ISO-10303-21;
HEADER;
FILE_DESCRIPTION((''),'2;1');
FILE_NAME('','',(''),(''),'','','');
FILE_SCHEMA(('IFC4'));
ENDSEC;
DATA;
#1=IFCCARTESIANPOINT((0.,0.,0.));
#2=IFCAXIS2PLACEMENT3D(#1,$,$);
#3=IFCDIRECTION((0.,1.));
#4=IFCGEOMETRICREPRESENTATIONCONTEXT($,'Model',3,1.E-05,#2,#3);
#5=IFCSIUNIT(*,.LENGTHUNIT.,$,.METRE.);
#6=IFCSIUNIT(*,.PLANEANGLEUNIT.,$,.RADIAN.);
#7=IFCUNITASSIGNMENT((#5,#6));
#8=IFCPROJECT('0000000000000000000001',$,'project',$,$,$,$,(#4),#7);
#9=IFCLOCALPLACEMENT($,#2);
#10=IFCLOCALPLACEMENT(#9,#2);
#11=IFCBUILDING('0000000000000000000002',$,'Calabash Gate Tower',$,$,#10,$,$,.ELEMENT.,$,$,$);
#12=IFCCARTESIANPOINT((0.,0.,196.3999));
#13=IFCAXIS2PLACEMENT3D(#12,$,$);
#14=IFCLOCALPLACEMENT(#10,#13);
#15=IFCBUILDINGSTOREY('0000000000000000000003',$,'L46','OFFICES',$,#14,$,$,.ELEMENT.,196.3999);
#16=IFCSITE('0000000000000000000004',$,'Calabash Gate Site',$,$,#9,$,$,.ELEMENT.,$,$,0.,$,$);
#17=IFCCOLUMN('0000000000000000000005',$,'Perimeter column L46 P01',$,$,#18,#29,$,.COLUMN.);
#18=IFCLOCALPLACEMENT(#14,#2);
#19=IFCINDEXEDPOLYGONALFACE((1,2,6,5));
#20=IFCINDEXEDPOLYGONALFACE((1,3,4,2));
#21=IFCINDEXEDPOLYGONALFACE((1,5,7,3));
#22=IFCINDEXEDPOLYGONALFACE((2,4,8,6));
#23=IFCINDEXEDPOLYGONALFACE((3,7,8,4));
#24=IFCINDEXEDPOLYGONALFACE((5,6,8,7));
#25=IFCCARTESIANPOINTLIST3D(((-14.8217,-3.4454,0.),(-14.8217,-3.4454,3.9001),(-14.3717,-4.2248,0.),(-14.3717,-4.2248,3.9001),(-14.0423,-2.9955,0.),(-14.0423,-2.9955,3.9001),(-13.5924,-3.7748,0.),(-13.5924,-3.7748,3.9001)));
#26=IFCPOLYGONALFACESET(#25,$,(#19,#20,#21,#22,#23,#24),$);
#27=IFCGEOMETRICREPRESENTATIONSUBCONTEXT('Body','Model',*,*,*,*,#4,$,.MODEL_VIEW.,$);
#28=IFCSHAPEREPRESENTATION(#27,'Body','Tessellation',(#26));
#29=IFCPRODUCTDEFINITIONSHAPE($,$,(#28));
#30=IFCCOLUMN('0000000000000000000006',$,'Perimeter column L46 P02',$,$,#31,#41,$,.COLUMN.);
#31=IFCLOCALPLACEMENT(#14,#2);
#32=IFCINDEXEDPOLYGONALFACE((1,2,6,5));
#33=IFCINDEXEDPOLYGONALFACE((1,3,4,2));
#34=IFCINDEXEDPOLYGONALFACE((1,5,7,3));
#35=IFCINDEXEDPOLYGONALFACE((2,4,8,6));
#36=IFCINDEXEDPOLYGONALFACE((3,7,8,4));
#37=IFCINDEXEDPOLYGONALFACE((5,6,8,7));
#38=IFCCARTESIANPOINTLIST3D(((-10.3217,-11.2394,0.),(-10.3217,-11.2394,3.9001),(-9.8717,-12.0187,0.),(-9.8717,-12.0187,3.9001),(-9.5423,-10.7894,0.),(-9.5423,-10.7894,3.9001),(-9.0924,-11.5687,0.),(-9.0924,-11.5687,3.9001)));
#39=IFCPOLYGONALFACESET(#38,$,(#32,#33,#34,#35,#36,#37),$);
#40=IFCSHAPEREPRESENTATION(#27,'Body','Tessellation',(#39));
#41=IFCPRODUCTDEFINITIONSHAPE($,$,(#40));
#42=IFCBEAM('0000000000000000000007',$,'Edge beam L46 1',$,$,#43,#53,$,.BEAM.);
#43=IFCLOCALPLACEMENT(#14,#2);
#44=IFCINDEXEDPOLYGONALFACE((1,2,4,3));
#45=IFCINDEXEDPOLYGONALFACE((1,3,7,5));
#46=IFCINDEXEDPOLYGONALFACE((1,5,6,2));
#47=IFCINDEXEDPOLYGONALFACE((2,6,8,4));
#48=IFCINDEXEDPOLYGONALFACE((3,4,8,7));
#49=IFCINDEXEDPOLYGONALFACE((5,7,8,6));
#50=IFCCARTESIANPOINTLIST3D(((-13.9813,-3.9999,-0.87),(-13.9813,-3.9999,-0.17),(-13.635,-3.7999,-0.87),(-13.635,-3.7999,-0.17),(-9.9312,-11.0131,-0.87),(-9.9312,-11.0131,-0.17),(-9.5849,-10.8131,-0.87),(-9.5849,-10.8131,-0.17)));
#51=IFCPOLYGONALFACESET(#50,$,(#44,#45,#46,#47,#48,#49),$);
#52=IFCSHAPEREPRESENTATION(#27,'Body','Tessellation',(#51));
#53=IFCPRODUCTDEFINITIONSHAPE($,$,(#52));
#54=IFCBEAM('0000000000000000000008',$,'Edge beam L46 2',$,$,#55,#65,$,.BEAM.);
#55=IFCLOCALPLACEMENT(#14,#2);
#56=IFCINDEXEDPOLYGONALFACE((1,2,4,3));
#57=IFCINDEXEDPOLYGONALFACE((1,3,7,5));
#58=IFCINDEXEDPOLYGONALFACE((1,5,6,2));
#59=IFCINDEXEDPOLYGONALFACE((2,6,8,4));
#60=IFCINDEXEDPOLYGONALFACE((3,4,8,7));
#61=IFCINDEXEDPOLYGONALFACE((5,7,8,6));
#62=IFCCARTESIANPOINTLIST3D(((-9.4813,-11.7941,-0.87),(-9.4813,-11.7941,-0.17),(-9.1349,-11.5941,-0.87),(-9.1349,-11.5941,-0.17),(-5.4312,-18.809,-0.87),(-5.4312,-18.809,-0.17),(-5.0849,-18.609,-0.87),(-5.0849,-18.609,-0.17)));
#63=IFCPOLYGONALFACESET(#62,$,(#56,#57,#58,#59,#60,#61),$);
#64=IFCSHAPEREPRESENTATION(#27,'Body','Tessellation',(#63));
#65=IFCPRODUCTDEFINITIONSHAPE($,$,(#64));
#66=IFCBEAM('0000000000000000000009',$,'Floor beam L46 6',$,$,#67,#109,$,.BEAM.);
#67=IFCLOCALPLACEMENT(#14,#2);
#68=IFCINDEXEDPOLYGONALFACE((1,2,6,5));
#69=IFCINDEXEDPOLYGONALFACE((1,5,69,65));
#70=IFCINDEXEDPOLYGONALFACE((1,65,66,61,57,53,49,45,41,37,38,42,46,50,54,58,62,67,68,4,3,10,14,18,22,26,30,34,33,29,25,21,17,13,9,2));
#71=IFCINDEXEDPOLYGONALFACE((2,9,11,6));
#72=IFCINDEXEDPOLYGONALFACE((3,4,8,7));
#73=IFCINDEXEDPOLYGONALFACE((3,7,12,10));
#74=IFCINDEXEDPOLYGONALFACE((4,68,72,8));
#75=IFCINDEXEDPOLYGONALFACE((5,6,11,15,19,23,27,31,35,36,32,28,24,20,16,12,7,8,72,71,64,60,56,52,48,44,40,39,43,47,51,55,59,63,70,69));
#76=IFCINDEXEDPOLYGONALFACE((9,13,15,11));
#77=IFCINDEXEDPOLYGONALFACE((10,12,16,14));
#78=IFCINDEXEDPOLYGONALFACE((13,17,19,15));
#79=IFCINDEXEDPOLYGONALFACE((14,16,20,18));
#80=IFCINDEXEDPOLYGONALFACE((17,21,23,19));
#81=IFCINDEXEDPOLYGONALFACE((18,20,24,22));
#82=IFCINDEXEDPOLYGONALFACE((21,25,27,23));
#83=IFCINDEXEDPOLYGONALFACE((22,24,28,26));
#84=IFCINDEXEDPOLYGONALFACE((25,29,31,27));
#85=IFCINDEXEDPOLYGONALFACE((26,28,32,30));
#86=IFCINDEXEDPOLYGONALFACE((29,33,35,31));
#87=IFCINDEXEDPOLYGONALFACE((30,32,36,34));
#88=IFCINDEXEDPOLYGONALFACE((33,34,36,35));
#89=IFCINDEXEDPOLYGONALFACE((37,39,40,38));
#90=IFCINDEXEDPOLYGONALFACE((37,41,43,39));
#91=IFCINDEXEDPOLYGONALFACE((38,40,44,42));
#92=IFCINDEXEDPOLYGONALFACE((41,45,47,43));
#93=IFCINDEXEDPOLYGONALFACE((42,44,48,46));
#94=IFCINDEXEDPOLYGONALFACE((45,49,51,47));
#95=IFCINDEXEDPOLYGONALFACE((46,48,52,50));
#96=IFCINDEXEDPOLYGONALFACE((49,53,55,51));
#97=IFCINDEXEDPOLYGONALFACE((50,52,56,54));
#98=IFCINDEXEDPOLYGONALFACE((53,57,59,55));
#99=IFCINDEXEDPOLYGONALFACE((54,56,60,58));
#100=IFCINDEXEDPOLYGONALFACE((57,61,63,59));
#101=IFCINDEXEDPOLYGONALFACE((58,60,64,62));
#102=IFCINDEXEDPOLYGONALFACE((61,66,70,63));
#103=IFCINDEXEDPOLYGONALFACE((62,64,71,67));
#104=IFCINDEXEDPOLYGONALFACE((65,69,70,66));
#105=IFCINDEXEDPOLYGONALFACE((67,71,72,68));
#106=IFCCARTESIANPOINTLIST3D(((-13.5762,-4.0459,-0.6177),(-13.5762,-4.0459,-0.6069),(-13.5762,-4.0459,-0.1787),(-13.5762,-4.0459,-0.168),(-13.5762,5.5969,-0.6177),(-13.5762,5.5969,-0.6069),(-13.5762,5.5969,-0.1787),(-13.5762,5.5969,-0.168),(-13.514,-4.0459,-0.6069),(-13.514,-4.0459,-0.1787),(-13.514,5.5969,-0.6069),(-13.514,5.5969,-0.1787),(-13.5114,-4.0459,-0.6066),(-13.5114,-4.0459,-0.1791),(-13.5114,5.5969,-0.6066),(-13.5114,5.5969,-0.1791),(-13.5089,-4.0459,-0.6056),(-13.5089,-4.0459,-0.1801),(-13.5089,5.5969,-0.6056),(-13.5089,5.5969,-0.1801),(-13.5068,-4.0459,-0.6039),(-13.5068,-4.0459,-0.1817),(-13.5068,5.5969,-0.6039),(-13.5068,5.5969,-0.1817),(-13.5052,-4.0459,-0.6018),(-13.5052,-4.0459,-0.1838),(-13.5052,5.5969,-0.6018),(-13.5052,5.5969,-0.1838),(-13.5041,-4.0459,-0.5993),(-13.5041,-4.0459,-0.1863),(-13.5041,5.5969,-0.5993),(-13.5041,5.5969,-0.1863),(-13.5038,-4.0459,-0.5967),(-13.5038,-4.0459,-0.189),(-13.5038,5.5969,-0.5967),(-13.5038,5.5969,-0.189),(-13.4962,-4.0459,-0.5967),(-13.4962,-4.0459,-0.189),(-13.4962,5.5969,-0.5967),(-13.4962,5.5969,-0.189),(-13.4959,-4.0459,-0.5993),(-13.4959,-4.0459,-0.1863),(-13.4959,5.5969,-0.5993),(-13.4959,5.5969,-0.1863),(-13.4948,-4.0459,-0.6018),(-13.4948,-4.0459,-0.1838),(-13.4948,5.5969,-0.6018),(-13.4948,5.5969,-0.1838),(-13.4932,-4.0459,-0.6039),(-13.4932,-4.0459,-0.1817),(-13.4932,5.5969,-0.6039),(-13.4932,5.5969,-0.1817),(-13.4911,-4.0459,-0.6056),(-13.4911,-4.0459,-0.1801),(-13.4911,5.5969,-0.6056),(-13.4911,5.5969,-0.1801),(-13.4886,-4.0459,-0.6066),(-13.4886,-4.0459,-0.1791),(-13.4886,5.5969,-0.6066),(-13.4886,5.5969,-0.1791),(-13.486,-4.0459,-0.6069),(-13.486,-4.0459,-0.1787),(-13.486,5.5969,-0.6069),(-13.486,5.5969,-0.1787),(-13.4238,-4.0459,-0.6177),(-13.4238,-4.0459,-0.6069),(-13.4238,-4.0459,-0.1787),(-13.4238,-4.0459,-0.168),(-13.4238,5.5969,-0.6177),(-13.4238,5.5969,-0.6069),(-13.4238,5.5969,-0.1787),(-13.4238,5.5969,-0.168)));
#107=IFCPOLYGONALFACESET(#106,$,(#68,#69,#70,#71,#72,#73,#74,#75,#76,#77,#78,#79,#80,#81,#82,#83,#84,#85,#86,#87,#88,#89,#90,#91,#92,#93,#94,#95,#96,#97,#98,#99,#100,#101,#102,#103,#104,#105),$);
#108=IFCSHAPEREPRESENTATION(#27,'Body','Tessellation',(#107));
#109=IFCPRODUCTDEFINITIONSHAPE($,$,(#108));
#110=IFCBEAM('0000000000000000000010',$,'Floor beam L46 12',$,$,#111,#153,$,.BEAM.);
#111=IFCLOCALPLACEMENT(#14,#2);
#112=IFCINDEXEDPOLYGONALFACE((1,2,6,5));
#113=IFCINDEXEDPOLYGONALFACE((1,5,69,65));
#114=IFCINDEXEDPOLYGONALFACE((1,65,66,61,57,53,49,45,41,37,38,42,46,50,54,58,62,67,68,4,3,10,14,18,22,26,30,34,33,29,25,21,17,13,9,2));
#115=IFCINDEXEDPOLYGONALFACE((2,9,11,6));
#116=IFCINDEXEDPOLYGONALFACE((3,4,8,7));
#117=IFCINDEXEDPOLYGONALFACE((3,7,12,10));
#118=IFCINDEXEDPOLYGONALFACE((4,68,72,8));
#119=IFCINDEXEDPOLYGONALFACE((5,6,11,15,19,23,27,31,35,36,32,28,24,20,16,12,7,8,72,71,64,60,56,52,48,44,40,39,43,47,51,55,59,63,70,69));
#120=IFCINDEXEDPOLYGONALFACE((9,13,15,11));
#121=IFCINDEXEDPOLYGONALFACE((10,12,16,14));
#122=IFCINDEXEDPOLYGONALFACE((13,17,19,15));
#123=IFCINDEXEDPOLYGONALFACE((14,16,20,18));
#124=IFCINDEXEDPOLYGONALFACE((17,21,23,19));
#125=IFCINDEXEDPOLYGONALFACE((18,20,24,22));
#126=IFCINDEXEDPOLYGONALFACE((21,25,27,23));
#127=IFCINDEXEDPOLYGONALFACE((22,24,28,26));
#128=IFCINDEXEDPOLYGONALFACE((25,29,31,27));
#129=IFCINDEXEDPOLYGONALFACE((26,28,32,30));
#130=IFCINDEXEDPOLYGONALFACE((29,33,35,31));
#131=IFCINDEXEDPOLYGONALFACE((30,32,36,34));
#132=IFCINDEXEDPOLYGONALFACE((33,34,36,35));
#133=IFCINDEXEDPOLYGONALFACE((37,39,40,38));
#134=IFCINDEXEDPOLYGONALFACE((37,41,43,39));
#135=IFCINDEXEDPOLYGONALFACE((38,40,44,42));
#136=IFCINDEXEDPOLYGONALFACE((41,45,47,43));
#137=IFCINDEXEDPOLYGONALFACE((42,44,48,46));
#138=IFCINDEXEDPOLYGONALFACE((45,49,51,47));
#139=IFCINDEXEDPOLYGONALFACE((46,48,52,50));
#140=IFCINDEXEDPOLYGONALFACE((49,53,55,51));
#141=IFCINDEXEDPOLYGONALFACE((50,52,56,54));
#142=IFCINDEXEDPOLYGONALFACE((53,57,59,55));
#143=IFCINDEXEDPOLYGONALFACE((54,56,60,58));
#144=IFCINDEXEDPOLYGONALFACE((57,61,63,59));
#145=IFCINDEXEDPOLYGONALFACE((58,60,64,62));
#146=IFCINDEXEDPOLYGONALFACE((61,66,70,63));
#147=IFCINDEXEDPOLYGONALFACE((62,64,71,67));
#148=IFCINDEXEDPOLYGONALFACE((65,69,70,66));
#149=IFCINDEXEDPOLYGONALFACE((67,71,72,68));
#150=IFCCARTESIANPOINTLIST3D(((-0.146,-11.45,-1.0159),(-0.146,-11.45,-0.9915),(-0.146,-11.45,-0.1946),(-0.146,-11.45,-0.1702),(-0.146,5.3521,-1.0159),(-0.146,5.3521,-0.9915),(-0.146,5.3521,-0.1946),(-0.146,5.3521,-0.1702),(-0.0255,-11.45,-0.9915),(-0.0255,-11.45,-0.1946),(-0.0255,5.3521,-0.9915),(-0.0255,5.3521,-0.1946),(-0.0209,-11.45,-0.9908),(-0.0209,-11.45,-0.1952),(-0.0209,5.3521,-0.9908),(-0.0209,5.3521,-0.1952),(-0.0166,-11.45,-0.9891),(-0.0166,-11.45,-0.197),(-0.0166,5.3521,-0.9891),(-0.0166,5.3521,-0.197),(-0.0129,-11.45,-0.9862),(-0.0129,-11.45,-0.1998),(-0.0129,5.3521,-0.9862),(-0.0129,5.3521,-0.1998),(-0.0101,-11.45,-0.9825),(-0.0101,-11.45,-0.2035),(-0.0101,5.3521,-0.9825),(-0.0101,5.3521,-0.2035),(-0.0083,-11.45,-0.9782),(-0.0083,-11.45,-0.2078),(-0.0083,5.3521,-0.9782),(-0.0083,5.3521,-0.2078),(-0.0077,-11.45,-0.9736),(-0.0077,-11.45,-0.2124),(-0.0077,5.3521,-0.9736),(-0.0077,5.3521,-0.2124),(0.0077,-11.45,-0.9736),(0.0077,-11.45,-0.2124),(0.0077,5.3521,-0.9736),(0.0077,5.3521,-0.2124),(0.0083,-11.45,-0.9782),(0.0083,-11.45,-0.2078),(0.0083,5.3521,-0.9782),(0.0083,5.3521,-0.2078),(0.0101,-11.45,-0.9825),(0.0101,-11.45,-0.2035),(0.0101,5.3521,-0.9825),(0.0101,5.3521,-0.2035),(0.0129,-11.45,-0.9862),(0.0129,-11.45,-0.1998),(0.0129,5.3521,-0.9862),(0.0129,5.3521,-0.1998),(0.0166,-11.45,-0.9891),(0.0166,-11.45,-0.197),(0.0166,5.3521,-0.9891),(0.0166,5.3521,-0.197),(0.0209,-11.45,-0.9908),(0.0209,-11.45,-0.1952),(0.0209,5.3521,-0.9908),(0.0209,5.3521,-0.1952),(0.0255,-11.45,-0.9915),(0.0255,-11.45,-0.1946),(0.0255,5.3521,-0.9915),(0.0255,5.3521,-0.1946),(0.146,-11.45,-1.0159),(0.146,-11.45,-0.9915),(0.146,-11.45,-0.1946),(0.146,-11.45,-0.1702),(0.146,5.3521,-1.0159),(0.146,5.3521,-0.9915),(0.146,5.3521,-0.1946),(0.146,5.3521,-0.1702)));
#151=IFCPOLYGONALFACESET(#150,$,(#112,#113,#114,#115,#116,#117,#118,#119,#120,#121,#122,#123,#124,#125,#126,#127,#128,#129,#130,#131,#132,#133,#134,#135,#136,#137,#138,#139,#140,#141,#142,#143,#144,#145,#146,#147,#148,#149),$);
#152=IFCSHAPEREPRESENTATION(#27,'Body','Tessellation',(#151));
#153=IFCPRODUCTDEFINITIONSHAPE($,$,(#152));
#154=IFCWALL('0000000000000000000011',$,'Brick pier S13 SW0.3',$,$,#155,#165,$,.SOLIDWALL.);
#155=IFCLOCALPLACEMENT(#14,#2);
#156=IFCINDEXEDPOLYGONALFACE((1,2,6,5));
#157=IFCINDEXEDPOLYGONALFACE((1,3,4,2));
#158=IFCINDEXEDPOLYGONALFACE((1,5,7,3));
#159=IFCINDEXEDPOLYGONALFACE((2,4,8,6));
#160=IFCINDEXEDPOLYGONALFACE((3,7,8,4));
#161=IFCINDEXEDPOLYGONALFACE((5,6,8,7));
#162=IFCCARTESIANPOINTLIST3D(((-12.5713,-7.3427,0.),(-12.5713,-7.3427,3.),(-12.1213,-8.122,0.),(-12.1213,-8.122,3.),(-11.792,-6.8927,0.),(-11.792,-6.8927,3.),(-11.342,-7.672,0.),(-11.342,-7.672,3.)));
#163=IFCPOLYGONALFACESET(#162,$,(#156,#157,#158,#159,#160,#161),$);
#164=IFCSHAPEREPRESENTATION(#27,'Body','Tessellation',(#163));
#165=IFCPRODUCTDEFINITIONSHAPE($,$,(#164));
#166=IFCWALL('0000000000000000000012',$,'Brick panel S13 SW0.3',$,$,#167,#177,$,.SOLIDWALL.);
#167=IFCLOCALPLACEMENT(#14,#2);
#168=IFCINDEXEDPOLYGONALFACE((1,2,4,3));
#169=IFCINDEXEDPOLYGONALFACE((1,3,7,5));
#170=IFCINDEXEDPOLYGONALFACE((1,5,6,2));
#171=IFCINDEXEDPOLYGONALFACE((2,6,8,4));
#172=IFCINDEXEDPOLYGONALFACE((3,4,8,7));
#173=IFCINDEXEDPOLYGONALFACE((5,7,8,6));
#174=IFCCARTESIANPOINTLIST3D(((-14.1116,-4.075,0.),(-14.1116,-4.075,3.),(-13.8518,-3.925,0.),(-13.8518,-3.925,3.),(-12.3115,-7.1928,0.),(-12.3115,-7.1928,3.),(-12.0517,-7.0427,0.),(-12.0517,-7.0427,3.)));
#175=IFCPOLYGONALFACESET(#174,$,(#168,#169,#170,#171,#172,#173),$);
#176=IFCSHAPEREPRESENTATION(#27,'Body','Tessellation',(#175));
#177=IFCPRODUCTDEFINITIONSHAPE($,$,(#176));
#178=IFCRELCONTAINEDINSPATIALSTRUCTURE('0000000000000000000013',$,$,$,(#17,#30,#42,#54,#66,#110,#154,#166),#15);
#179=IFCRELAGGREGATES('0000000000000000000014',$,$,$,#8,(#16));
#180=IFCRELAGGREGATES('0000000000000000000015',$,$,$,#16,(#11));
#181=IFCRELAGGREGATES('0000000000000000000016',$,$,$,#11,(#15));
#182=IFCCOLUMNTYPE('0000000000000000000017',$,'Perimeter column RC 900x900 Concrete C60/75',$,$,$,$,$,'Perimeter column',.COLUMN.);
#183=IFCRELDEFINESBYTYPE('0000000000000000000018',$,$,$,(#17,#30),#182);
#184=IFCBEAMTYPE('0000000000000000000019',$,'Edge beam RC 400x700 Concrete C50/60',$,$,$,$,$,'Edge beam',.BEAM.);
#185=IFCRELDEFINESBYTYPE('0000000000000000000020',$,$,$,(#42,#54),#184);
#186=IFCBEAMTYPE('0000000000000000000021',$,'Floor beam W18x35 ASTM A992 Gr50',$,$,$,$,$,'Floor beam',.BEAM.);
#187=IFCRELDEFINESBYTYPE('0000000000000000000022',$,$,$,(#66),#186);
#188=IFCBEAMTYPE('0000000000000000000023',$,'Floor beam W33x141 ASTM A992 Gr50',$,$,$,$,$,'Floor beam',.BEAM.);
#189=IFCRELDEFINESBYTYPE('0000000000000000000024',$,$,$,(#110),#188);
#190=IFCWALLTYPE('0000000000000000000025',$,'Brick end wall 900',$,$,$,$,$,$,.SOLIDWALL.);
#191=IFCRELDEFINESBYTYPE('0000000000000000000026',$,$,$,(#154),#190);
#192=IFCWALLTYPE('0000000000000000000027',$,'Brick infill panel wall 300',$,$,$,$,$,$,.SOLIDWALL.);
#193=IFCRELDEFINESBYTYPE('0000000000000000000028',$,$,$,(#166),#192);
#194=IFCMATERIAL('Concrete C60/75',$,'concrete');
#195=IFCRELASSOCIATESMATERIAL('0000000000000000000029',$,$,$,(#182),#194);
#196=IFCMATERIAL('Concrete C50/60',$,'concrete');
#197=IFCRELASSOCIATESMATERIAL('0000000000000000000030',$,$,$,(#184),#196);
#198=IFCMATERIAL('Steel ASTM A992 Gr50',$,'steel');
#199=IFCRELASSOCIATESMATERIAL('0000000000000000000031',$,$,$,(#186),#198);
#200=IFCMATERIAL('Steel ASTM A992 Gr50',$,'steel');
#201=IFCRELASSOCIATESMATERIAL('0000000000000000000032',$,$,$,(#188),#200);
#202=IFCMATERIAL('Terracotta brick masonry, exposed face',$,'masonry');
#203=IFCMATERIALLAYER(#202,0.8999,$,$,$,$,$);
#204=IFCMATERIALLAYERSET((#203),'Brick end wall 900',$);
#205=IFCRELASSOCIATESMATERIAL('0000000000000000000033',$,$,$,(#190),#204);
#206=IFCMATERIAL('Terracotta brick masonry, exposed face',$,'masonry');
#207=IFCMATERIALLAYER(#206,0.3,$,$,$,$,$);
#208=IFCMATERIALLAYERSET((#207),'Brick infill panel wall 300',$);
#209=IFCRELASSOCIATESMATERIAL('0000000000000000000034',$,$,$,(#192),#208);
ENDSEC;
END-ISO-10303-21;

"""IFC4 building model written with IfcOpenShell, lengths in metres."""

from ifc_helpers import new_model, si_unit, direction, frame, frame_2d, origin, origin_2d, place, context, subcontext, project, spatial, rectangle, i_section, extrude, material, layer, layer_set, material_profile, profile_set, type_object, element, save


model = new_model("IFC4")

# Units and contexts
model_context = context("Model", 3, precision=1e-05, world=origin(), true_north=direction((0.0, 1.0)))
body_context = subcontext(model_context, "Body", "Model", "MODEL_VIEW")
ifc_project = project(units=[si_unit("LENGTHUNIT", "METRE"), si_unit("PLANEANGLEUNIT", "RADIAN")], contexts=[model_context])

# Site, building, storey
site_placement = place(None, origin())
site = spatial("IfcSite", under=ifc_project, at=site_placement, Name="Calabash Gate Site", CompositionType="ELEMENT", RefElevation=0.0)
building_placement = place(site_placement, origin())
building = spatial("IfcBuilding", under=site, at=building_placement, Name="Calabash Gate Tower", CompositionType="ELEMENT")
storey_placement = place(building_placement, frame((0.0, 0.0, 196.3999)))
storey = spatial("IfcBuildingStorey", under=building, at=storey_placement, Name="L46", Description="OFFICES", CompositionType="ELEMENT", Elevation=196.3999)

# Columns
ifc_material_1 = material(Name="Concrete C60/75", Category="concrete")
ifc_material_profile_1 = material_profile(ifc_material_1, rectangle(XDim=0.8999, YDim=0.8999, at=origin_2d()))
ifc_profile_set_1 = profile_set([ifc_material_profile_1], Name="Concrete C60/75")
column_type = type_object("IfcColumnType", Name="Perimeter column RC 900x900 Concrete C60/75", ElementType="Perimeter column", PredefinedType="COLUMN", material=ifc_profile_set_1)
for number, where, z_axis, x_axis, name in (
    (1, (-14.207, -3.6101, 0.0), (0.0, 0.0, 1.0), (0.5, -0.866025, 0.0), "Perimeter column L46 P01"),
    (2, (-9.707, -11.4041, 0.0), (0.0, 0.0, 1.0), (0.5, -0.866025, 0.0), "Perimeter column L46 P02"),
):
    element("IfcColumn", number, at=place(storey_placement, frame(where, z_axis=z_axis, x_axis=x_axis)), inside=storey, type_object=column_type, Name=name, PredefinedType="COLUMN", context=body_context, shape_type="SweptSolid", body=[
        extrude(rectangle(XDim=0.8999, YDim=0.8999, at=origin_2d()), origin(), (0.0, 0.0, 1.0), 3.9001),
    ])

# Beams
ifc_material_2 = material(Name="Concrete C50/60", Category="concrete")
ifc_material_profile_2 = material_profile(ifc_material_2, rectangle(XDim=0.3999, YDim=0.7, at=origin_2d()))
ifc_profile_set_2 = profile_set([ifc_material_profile_2], Name="Concrete C50/60")
beam_type_1 = type_object("IfcBeamType", Name="Edge beam RC 400x700 Concrete C50/60", ElementType="Edge beam", PredefinedType="BEAM", material=ifc_profile_set_2)
beam_1_placement = place(storey_placement, frame((-13.8081, -3.8999, -0.52), z_axis=(0.500091, -0.865973, 0.0), x_axis=(0.865973, 0.500091, 0.0)))
element("IfcBeam", 3, at=beam_1_placement, inside=storey, type_object=beam_type_1, Name="Edge beam L46 1", PredefinedType="BEAM", context=body_context, shape_type="SweptSolid", body=[
    extrude(rectangle(XDim=0.3999, YDim=0.7, at=origin_2d()), origin(), (0.0, 0.0, 1.0), 8.0986),
])
beam_2_placement = place(storey_placement, frame((-9.3081, -11.6941, -0.52), z_axis=(0.5, -0.866025, 0.0), x_axis=(0.866025, 0.5, 0.0)))
element("IfcBeam", 4, at=beam_2_placement, inside=storey, type_object=beam_type_1, Name="Edge beam L46 2", PredefinedType="BEAM", context=body_context, shape_type="SweptSolid", body=[
    extrude(rectangle(XDim=0.3999, YDim=0.7, at=origin_2d()), origin(), (0.0, 0.0, 1.0), 8.1001),
])
ifc_material_3 = material(Name="Steel ASTM A992 Gr50", Category="steel")
ifc_material_profile_3 = material_profile(ifc_material_3, i_section(OverallWidth=0.1523, OverallDepth=0.4497, WebThickness=0.0076, FlangeThickness=0.0107, FilletRadius=0.0103, at=origin_2d()))
ifc_profile_set_3 = profile_set([ifc_material_profile_3], Name="Steel ASTM A992 Gr50")
beam_type_2 = type_object("IfcBeamType", Name="Floor beam W18x35 ASTM A992 Gr50", ElementType="Floor beam", PredefinedType="BEAM", material=ifc_profile_set_3)
beam_3_placement = place(storey_placement, frame((-13.5, -4.0459, -0.3928), z_axis=(0.0, 1.0, 0.0), x_axis=(-1.0, 0.0, 0.0)))
element("IfcBeam", 5, at=beam_3_placement, inside=storey, type_object=beam_type_2, Name="Floor beam L46 6", PredefinedType="BEAM", context=body_context, shape_type="SweptSolid", body=[
    extrude(i_section(OverallWidth=0.1523, OverallDepth=0.4497, WebThickness=0.0076, FlangeThickness=0.0107, FilletRadius=0.0103, at=origin_2d()), origin(), (0.0, 0.0, 1.0), 9.6428),
])
ifc_material_4 = material(Name="Steel ASTM A992 Gr50", Category="steel")
ifc_material_profile_4 = material_profile(ifc_material_4, i_section(OverallWidth=0.292, OverallDepth=0.8457, WebThickness=0.0154, FlangeThickness=0.0244, FilletRadius=0.0178, at=origin_2d()))
ifc_profile_set_4 = profile_set([ifc_material_profile_4], Name="Steel ASTM A992 Gr50")
beam_type_3 = type_object("IfcBeamType", Name="Floor beam W33x141 ASTM A992 Gr50", ElementType="Floor beam", PredefinedType="BEAM", material=ifc_profile_set_4)
beam_4_placement = place(storey_placement, frame((0.0, -11.45, -0.593), z_axis=(0.0, 1.0, 0.0), x_axis=(-1.0, 0.0, 0.0)))
element("IfcBeam", 6, at=beam_4_placement, inside=storey, type_object=beam_type_3, Name="Floor beam L46 12", PredefinedType="BEAM", context=body_context, shape_type="SweptSolid", body=[
    extrude(i_section(OverallWidth=0.292, OverallDepth=0.8457, WebThickness=0.0154, FlangeThickness=0.0244, FilletRadius=0.0178, at=origin_2d()), origin(), (0.0, 0.0, 1.0), 16.802),
])

# Walls
ifc_material_5 = material(Name="Terracotta brick masonry, exposed face", Category="masonry")
ifc_layer_1 = layer(ifc_material_5, 0.8999)
ifc_layer_set_1 = layer_set([ifc_layer_1], Name="Brick end wall 900")
wall_type_1 = type_object("IfcWallType", Name="Brick end wall 900", PredefinedType="SOLIDWALL", material=ifc_layer_set_1)
wall_1_placement = place(storey_placement, frame((-12.1816, -7.1177, 0.0), z_axis=(0.0, 0.0, 1.0), x_axis=(0.50002, -0.866014, 0.0)))
element("IfcWall", 7, at=wall_1_placement, inside=storey, type_object=wall_type_1, Name="Brick pier S13 SW0.3", PredefinedType="SOLIDWALL", context=body_context, shape_type="SweptSolid", body=[
    extrude(rectangle(XDim=0.8999, YDim=0.8999, at=frame_2d((0.45, 0.0))), origin(), (0.0, 0.0, 1.0), 3.0),
])
ifc_material_6 = material(Name="Terracotta brick masonry, exposed face", Category="masonry")
ifc_layer_2 = layer(ifc_material_6, 0.3)
ifc_layer_set_2 = layer_set([ifc_layer_2], Name="Brick infill panel wall 300")
wall_type_2 = type_object("IfcWallType", Name="Brick infill panel wall 300", PredefinedType="SOLIDWALL", material=ifc_layer_set_2)
wall_2_placement = place(storey_placement, frame((-13.9817, -4.0, 0.0), z_axis=(0.0, 0.0, 1.0), x_axis=(0.500012, -0.866018, 0.0)))
element("IfcWall", 8, at=wall_2_placement, inside=storey, type_object=wall_type_2, Name="Brick panel S13 SW0.3", PredefinedType="SOLIDWALL", context=body_context, shape_type="SweptSolid", body=[
    extrude(rectangle(XDim=3.6001, YDim=0.3, at=frame_2d((1.8, 0.0))), origin(), (0.0, 0.0, 1.0), 3.0),
])

save(model, "model.ifc")
